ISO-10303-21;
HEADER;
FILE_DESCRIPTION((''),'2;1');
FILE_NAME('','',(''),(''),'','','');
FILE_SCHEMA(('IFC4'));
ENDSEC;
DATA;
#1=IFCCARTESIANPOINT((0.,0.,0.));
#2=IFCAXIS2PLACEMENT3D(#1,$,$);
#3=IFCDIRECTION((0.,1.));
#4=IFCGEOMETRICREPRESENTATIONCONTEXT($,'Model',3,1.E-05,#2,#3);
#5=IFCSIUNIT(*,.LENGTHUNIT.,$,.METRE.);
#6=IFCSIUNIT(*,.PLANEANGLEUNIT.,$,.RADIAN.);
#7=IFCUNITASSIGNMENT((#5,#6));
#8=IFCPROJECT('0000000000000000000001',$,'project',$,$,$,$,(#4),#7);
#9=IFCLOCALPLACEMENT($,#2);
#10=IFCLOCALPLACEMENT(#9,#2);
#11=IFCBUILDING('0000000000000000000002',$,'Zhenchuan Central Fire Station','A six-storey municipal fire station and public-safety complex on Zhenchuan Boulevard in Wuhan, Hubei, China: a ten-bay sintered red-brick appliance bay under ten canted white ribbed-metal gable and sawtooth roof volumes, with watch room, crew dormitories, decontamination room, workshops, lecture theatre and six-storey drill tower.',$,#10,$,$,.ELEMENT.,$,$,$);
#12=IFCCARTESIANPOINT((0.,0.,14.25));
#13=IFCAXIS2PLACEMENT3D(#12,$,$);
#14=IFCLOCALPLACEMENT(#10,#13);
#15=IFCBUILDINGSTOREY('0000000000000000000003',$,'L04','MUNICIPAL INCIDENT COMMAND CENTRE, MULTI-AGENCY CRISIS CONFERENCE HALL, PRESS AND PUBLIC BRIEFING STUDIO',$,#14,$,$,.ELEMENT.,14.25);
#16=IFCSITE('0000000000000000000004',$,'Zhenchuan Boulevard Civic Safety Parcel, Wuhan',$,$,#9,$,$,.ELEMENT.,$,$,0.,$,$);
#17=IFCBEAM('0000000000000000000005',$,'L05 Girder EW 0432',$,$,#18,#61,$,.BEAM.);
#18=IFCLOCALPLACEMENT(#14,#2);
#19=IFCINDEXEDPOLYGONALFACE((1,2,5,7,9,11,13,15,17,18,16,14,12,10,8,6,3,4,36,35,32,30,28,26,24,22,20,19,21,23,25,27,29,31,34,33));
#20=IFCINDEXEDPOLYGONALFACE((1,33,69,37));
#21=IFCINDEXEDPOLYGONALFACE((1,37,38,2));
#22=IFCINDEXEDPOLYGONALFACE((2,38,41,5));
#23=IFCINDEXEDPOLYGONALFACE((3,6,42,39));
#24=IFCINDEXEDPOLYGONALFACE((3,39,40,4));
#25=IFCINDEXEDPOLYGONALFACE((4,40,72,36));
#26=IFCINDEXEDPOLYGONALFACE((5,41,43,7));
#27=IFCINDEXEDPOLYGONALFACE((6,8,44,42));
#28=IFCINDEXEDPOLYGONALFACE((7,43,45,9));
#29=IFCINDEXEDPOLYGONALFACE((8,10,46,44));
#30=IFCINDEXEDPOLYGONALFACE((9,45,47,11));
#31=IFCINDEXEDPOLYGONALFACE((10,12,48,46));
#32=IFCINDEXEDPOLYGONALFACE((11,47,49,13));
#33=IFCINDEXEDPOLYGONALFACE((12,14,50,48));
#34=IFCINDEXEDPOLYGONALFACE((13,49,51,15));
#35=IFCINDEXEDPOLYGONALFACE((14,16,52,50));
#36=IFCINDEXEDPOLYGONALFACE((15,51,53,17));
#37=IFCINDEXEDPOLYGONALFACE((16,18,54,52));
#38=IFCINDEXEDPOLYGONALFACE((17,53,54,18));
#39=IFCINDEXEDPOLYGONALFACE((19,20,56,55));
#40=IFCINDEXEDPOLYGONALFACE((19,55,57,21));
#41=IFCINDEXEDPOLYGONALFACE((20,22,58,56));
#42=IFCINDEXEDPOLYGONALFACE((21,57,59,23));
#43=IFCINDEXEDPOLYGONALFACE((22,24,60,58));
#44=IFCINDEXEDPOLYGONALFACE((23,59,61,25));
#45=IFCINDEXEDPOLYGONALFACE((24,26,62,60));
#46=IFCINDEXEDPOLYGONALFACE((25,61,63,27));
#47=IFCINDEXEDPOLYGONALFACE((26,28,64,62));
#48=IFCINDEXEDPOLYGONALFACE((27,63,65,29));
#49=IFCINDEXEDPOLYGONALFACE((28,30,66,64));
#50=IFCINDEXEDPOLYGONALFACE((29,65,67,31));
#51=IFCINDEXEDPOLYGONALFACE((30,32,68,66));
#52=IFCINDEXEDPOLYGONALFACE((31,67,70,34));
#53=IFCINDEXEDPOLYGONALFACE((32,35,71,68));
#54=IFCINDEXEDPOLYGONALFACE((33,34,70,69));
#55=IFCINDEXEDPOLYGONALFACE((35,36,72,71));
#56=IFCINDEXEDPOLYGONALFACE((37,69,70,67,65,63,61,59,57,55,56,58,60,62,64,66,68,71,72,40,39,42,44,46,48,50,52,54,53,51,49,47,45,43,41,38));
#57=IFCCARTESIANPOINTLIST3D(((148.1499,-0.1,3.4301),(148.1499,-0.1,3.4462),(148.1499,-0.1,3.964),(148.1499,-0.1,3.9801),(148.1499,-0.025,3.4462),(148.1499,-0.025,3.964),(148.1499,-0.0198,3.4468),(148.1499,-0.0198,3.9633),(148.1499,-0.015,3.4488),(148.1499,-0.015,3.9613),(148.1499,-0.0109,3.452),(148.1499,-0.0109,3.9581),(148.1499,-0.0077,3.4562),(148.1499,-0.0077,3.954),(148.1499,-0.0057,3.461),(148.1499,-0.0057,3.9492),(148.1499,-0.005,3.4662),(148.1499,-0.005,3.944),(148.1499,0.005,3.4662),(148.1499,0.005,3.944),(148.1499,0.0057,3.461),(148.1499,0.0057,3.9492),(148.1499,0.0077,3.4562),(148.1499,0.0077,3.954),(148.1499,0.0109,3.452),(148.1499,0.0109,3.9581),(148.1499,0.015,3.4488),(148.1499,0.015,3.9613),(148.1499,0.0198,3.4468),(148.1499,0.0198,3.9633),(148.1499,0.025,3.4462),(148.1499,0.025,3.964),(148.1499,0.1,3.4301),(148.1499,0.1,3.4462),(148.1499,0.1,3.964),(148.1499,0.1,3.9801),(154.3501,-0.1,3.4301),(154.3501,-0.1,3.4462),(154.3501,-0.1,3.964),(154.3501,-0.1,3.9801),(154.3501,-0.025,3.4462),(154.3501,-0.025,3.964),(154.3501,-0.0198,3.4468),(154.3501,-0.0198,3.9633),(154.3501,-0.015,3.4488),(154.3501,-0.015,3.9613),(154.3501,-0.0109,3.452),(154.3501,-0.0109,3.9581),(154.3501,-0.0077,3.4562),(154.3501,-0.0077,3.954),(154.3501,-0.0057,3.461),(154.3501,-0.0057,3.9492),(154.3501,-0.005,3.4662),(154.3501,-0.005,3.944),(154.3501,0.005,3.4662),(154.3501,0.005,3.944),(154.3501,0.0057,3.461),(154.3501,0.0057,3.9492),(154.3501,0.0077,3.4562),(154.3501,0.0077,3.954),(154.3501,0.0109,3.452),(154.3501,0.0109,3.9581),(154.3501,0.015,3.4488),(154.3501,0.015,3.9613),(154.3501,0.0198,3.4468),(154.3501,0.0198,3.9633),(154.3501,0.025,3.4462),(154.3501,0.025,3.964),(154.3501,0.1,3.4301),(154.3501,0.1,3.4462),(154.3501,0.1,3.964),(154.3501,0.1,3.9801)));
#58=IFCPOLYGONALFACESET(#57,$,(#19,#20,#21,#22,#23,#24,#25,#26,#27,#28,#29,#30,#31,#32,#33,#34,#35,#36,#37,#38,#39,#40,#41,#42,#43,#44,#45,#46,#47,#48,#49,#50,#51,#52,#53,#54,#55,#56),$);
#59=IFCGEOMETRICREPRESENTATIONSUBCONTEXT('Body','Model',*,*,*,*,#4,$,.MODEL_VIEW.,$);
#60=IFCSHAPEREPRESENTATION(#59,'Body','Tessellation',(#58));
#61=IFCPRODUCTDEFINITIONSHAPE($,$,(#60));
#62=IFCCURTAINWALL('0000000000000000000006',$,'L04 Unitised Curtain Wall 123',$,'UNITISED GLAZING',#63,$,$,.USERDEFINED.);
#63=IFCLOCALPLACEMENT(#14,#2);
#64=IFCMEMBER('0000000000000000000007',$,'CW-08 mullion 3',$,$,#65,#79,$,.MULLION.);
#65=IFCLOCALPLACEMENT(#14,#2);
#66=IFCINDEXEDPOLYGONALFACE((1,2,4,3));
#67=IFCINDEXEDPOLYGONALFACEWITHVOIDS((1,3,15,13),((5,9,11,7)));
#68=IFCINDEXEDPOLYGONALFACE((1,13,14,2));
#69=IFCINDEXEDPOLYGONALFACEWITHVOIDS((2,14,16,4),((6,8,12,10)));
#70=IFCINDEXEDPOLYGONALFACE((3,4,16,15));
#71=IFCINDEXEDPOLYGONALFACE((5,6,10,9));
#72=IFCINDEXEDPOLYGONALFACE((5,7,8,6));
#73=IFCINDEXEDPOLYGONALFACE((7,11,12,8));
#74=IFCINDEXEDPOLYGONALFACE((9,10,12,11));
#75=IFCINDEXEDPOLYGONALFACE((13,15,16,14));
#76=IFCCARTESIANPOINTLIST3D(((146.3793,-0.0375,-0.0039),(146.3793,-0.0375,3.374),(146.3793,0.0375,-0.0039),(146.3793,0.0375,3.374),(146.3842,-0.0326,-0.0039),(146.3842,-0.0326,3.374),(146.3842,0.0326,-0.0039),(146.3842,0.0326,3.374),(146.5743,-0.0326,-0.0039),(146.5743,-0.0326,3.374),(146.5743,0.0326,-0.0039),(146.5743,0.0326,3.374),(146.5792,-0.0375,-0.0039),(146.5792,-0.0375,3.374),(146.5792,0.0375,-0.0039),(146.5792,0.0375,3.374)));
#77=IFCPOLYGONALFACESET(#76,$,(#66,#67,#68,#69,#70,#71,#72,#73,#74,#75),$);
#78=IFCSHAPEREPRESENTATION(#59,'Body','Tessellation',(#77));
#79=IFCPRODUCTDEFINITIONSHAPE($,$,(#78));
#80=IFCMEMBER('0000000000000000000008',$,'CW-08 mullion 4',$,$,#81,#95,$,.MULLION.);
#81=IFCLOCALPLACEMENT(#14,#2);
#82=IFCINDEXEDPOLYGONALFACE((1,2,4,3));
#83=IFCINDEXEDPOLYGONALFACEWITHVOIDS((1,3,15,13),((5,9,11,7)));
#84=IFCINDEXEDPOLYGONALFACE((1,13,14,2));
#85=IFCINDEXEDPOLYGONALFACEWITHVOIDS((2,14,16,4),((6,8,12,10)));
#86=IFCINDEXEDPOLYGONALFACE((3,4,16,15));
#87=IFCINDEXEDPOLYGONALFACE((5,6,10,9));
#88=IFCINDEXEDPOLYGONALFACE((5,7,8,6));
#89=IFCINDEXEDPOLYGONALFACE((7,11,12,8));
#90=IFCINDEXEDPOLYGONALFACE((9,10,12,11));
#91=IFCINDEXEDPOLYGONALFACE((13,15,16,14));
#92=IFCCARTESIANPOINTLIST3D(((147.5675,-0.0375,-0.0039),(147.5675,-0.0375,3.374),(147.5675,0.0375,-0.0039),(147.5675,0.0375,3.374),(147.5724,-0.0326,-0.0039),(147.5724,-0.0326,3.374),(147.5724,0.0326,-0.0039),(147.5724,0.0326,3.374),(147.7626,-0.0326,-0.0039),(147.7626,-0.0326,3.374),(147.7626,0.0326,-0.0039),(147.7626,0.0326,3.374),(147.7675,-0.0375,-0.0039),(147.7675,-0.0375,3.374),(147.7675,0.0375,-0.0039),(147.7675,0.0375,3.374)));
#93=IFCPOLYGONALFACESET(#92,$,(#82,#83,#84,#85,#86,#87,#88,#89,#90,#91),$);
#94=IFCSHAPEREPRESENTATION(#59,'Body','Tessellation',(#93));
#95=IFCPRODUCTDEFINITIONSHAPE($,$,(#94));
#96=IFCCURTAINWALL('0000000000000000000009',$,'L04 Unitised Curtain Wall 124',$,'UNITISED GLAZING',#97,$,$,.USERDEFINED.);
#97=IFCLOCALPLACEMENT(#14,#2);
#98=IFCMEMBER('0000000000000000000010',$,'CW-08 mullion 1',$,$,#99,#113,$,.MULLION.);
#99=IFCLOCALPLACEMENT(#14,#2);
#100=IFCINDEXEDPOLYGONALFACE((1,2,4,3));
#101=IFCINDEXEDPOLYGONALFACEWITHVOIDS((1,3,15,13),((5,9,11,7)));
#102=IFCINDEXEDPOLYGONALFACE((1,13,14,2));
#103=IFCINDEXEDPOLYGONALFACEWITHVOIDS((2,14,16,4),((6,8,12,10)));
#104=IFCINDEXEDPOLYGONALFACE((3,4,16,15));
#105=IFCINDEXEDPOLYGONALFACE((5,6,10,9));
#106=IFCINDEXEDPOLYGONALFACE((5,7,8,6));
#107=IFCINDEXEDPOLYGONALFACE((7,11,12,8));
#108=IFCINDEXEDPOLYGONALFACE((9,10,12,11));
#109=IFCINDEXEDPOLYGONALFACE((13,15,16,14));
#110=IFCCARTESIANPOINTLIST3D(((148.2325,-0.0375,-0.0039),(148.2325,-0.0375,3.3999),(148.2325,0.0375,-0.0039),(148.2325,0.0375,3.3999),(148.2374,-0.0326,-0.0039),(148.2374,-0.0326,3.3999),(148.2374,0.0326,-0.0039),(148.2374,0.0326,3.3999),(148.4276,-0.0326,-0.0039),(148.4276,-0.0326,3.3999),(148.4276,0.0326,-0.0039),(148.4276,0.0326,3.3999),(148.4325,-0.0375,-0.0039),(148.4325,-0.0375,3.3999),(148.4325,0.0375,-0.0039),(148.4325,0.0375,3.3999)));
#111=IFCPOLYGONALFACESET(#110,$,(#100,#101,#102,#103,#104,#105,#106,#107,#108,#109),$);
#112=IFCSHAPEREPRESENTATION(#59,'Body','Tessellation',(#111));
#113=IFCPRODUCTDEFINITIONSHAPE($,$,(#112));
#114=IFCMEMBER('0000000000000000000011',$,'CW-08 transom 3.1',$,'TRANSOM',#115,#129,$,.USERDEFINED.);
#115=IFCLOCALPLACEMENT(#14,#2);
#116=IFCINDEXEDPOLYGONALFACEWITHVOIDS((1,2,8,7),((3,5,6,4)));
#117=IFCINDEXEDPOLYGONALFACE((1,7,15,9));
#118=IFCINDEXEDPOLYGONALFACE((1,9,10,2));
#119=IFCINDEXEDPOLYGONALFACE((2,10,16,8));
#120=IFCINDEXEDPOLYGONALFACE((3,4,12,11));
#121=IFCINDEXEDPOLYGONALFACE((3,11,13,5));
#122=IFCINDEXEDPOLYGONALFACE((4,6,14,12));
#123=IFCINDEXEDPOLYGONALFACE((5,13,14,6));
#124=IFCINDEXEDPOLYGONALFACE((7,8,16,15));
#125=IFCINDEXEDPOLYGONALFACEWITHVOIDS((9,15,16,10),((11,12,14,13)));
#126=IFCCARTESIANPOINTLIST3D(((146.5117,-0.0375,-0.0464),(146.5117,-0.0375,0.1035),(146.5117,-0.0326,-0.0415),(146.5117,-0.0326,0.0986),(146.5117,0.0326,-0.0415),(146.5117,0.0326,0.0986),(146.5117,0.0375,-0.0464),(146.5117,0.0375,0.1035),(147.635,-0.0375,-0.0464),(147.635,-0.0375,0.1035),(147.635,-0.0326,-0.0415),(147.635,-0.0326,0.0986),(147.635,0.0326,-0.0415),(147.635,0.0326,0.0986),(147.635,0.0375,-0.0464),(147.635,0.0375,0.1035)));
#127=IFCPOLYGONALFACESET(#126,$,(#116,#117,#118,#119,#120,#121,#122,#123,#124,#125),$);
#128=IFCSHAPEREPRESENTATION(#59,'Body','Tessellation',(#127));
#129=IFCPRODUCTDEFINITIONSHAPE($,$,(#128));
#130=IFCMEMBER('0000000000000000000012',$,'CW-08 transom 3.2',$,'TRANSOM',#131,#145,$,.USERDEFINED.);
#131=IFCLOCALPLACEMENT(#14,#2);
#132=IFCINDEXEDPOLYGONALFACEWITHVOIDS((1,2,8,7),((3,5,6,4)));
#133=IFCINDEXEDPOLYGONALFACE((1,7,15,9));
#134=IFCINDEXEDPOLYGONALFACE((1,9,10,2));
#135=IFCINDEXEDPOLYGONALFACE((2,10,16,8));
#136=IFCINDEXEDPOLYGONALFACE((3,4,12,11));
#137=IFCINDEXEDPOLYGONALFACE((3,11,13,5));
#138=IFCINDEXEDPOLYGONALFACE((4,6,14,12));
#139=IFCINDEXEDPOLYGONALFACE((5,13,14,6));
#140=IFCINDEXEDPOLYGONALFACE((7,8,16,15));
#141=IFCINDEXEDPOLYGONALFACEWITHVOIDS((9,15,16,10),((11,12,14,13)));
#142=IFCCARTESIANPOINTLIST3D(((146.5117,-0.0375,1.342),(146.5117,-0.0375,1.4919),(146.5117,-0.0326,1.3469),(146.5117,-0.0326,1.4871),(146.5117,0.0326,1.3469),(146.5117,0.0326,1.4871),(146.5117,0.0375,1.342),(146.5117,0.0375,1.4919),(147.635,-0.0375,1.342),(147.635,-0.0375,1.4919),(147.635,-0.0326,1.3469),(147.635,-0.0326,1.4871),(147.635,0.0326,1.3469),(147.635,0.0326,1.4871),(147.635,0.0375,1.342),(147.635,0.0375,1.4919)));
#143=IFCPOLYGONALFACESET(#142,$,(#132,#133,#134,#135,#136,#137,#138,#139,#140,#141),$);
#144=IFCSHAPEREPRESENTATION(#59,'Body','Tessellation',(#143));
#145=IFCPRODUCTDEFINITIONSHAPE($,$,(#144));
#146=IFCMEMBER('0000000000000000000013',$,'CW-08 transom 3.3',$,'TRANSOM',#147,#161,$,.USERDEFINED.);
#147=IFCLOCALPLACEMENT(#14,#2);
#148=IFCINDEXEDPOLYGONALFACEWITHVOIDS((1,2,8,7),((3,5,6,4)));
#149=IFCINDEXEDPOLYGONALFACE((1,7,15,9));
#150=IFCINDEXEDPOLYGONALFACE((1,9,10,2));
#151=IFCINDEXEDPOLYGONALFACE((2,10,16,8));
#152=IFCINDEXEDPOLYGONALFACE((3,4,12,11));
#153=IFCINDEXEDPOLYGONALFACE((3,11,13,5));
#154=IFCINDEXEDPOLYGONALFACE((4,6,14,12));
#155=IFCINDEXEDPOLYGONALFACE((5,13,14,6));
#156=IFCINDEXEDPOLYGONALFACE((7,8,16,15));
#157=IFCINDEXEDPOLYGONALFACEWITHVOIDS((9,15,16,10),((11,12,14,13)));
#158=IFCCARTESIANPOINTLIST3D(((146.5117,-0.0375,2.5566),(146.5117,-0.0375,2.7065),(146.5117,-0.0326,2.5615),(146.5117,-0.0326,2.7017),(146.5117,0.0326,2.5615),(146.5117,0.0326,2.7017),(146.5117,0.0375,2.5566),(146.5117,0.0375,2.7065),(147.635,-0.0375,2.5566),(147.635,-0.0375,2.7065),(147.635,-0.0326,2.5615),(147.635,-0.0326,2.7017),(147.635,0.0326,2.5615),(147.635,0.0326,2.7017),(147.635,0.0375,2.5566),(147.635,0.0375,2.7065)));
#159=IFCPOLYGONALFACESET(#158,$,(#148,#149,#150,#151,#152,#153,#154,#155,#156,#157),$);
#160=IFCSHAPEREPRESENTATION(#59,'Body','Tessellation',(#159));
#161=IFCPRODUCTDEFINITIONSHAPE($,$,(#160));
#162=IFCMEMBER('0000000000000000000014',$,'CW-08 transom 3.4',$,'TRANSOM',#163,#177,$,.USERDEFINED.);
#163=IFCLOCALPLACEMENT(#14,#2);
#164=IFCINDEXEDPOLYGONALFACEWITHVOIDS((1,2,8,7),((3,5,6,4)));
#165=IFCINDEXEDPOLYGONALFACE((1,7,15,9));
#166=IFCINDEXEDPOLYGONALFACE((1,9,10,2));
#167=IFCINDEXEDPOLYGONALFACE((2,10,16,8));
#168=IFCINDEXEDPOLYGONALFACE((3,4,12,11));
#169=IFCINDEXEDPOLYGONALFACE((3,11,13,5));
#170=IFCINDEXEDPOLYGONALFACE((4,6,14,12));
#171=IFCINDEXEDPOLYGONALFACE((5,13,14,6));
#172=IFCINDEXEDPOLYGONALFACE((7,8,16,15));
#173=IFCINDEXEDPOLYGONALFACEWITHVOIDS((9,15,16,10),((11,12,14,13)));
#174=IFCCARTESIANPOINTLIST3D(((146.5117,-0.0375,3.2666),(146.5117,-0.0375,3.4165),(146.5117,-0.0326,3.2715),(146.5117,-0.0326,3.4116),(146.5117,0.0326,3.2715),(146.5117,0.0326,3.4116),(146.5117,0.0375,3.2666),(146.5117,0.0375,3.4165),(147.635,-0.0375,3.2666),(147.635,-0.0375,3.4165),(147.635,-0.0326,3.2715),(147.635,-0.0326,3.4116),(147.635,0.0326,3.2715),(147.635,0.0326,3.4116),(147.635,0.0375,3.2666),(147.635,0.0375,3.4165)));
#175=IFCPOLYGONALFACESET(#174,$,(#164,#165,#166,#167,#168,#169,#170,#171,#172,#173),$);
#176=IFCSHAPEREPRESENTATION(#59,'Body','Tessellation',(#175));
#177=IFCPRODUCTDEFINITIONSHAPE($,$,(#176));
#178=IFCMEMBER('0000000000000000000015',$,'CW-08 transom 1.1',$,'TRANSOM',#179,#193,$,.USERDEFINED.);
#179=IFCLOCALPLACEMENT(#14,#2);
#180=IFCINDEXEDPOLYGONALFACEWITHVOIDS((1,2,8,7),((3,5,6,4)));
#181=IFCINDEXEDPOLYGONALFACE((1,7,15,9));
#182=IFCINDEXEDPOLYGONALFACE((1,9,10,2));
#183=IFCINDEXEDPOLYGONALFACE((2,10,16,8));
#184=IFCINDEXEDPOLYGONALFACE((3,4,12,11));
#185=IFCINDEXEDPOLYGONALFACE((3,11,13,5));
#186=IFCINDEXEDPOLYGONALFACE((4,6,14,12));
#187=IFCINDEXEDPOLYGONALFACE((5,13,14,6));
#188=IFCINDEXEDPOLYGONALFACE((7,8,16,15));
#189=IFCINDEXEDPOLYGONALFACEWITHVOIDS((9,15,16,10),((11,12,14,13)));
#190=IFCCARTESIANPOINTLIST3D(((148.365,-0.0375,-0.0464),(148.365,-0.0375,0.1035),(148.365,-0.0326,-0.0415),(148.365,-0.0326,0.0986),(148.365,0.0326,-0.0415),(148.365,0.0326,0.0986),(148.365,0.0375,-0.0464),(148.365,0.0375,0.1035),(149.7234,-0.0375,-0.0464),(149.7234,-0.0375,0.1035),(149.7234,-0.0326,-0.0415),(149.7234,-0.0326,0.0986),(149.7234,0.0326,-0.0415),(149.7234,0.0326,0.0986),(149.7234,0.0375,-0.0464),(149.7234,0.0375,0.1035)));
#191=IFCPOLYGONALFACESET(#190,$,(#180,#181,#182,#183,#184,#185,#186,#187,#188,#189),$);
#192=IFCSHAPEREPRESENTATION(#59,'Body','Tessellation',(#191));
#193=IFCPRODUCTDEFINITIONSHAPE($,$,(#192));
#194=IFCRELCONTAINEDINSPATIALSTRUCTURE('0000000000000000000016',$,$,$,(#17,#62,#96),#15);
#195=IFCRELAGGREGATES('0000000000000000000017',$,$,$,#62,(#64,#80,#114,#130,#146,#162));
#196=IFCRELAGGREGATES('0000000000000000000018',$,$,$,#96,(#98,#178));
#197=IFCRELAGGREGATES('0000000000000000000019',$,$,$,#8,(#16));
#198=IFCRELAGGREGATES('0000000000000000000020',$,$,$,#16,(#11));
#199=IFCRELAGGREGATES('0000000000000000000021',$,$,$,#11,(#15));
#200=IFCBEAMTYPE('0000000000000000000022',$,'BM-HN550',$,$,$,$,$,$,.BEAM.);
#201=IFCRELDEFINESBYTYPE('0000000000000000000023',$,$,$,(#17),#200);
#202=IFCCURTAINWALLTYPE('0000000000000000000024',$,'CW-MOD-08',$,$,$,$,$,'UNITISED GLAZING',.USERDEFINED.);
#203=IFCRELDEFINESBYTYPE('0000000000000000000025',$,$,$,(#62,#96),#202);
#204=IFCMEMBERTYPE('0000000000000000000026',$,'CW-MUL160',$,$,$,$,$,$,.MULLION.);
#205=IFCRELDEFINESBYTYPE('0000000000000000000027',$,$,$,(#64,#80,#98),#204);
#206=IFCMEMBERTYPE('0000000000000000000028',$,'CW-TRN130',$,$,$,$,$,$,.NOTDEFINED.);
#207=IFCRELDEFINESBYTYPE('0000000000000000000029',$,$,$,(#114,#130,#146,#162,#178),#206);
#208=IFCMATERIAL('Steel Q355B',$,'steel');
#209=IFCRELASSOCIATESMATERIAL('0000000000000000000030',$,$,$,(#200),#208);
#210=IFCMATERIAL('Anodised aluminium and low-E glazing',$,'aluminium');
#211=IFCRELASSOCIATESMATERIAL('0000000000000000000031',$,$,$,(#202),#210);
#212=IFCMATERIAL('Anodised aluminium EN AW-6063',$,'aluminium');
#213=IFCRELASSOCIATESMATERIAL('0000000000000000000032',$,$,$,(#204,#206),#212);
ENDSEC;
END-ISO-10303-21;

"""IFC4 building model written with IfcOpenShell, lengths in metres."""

from ifc_helpers import new_model, si_unit, direction, frame, origin, origin_2d, place, context, subcontext, project, spatial, hollow_rectangle, i_section, extrude, material, material_profile, profile_set, type_object, element, aggregate, save


model = new_model("IFC4")

# Units and contexts
model_context = context("Model", 3, precision=1e-05, world=origin(), true_north=direction((0.0, 1.0)))
body_context = subcontext(model_context, "Body", "Model", "MODEL_VIEW")
ifc_project = project(units=[si_unit("LENGTHUNIT", "METRE"), si_unit("PLANEANGLEUNIT", "RADIAN")], contexts=[model_context])

# Site, building, storey
site_placement = place(None, origin())
site = spatial("IfcSite", under=ifc_project, at=site_placement, Name="Zhenchuan Boulevard Civic Safety Parcel, Wuhan", CompositionType="ELEMENT", RefElevation=0.0)
building_placement = place(site_placement, origin())
building = spatial("IfcBuilding", under=site, at=building_placement, Name="Zhenchuan Central Fire Station", Description="A six-storey municipal fire station and public-safety complex on Zhenchuan Boulevard in Wuhan, Hubei, China: a ten-bay sintered red-brick appliance bay under ten canted white ribbed-metal gable and sawtooth roof volumes, with watch room, crew dormitories, decontamination room, workshops, lecture theatre and six-storey drill tower.", CompositionType="ELEMENT")
storey_placement = place(building_placement, frame((0.0, 0.0, 14.25)))
storey = spatial("IfcBuildingStorey", under=building, at=storey_placement, Name="L04", Description="MUNICIPAL INCIDENT COMMAND CENTRE, MULTI-AGENCY CRISIS CONFERENCE HALL, PRESS AND PUBLIC BRIEFING STUDIO", CompositionType="ELEMENT", Elevation=14.25)

# Shared definitions
ifc_material_1 = material(Name="Steel Q355B", Category="steel")

# Beam
ifc_material_profile_1 = material_profile(ifc_material_1, i_section(OverallWidth=0.2, OverallDepth=0.55, WebThickness=0.01, FlangeThickness=0.0161, FilletRadius=0.02, at=origin_2d()), Name="HN 550x200")
ifc_profile_set_1 = profile_set([ifc_material_profile_1], Name="Steel Q355B")
beam_type_1 = type_object("IfcBeamType", Name="BM-HN550", PredefinedType="BEAM", material=ifc_profile_set_1)
beam_1_placement = place(storey_placement, frame((148.1499, 0.0, 3.7051), z_axis=(1.0, 0.0, 0.0), x_axis=(0.0, 1.0, 0.0)))
element("IfcBeam", 1, at=beam_1_placement, inside=storey, type_object=beam_type_1, Name="L05 Girder EW 0432", PredefinedType="BEAM", context=body_context, shape_type="SweptSolid", body=[
    extrude(i_section(OverallWidth=0.2, OverallDepth=0.55, WebThickness=0.01, FlangeThickness=0.0161, FilletRadius=0.02, at=origin_2d()), origin(), (0.0, 0.0, 1.0), 6.2002),
])

# Curtain wall, members
ifc_material_2 = material(Name="Anodised aluminium and low-E glazing", Category="aluminium")
curtain_wall_type = type_object("IfcCurtainWallType", Name="CW-MOD-08", ElementType="UNITISED GLAZING", PredefinedType="USERDEFINED", material=ifc_material_2)
curtain_wall_1_placement = place(storey_placement, origin())
curtain_wall_1 = element("IfcCurtainWall", 2, at=curtain_wall_1_placement, inside=storey, type_object=curtain_wall_type, Name="L04 Unitised Curtain Wall 123", ObjectType="UNITISED GLAZING", PredefinedType="USERDEFINED")
ifc_material_3 = material(Name="Anodised aluminium EN AW-6063", Category="aluminium")
ifc_material_profile_2 = material_profile(ifc_material_3, hollow_rectangle(XDim=0.075, YDim=0.2, WallThickness=0.0049, at=origin_2d()), Name="ALU-M 200x75")
ifc_profile_set_2 = profile_set([ifc_material_profile_2], Name="Anodised aluminium EN AW-6063")
member_type_1 = type_object("IfcMemberType", Name="CW-MUL160", PredefinedType="MULLION", material=ifc_profile_set_2)
member_1_placement = place(storey_placement, frame((146.4792, 0.0, -0.0039), z_axis=(0.0, 0.0, 1.0), x_axis=(0.0, 1.0, 0.0)))
member_1 = element("IfcMember", 3, at=member_1_placement, type_object=member_type_1, Name="CW-08 mullion 3", PredefinedType="MULLION", context=body_context, shape_type="SweptSolid", body=[
    extrude(hollow_rectangle(XDim=0.075, YDim=0.2, WallThickness=0.0049, at=origin_2d()), origin(), (0.0, 0.0, 1.0), 3.3779),
])
member_2_placement = place(storey_placement, frame((147.6675, 0.0, -0.0039), z_axis=(0.0, 0.0, 1.0), x_axis=(0.0, 1.0, 0.0)))
member_2 = element("IfcMember", 4, at=member_2_placement, type_object=member_type_1, Name="CW-08 mullion 4", PredefinedType="MULLION", context=body_context, shape_type="SweptSolid", body=[
    extrude(hollow_rectangle(XDim=0.075, YDim=0.2, WallThickness=0.0049, at=origin_2d()), origin(), (0.0, 0.0, 1.0), 3.3779),
])

# Curtain wall, member
curtain_wall_2_placement = place(storey_placement, origin())
curtain_wall_2 = element("IfcCurtainWall", 5, at=curtain_wall_2_placement, inside=storey, type_object=curtain_wall_type, Name="L04 Unitised Curtain Wall 124", ObjectType="UNITISED GLAZING", PredefinedType="USERDEFINED")
member_3_placement = place(storey_placement, frame((148.3325, 0.0, -0.0039), z_axis=(0.0, 0.0, 1.0), x_axis=(0.0, 1.0, 0.0)))
member_3 = element("IfcMember", 6, at=member_3_placement, type_object=member_type_1, Name="CW-08 mullion 1", PredefinedType="MULLION", context=body_context, shape_type="SweptSolid", body=[
    extrude(hollow_rectangle(XDim=0.075, YDim=0.2, WallThickness=0.0049, at=origin_2d()), origin(), (0.0, 0.0, 1.0), 3.4038),
])

# Members
ifc_material_profile_3 = material_profile(ifc_material_3, hollow_rectangle(XDim=0.075, YDim=0.1499, WallThickness=0.0049, at=origin_2d()), Name="ALU-T 150x75")
ifc_profile_set_3 = profile_set([ifc_material_profile_3], Name="Anodised aluminium EN AW-6063")
member_type_2 = type_object("IfcMemberType", Name="CW-TRN130", PredefinedType="NOTDEFINED", material=ifc_profile_set_3)
member_4_placement = place(storey_placement, frame((146.5117, 0.0, 0.0286), z_axis=(1.0, 0.0, 0.0), x_axis=(0.0, 1.0, 0.0)))
member_4 = element("IfcMember", 7, at=member_4_placement, type_object=member_type_2, Name="CW-08 transom 3.1", ObjectType="TRANSOM", PredefinedType="USERDEFINED", context=body_context, shape_type="SweptSolid", body=[
    extrude(hollow_rectangle(XDim=0.075, YDim=0.1499, WallThickness=0.0049, at=origin_2d()), origin(), (0.0, 0.0, 1.0), 1.1233),
])
member_5_placement = place(storey_placement, frame((146.5117, 0.0, 1.417), z_axis=(1.0, 0.0, 0.0), x_axis=(0.0, 1.0, 0.0)))
member_5 = element("IfcMember", 8, at=member_5_placement, type_object=member_type_2, Name="CW-08 transom 3.2", ObjectType="TRANSOM", PredefinedType="USERDEFINED", context=body_context, shape_type="SweptSolid", body=[
    extrude(hollow_rectangle(XDim=0.075, YDim=0.1499, WallThickness=0.0049, at=origin_2d()), origin(), (0.0, 0.0, 1.0), 1.1233),
])
member_6_placement = place(storey_placement, frame((146.5117, 0.0, 2.6316), z_axis=(1.0, 0.0, 0.0), x_axis=(0.0, 1.0, 0.0)))
member_6 = element("IfcMember", 9, at=member_6_placement, type_object=member_type_2, Name="CW-08 transom 3.3", ObjectType="TRANSOM", PredefinedType="USERDEFINED", context=body_context, shape_type="SweptSolid", body=[
    extrude(hollow_rectangle(XDim=0.075, YDim=0.1499, WallThickness=0.0049, at=origin_2d()), origin(), (0.0, 0.0, 1.0), 1.1233),
])
member_7_placement = place(storey_placement, frame((146.5117, 0.0, 3.3416), z_axis=(1.0, 0.0, 0.0), x_axis=(0.0, 1.0, 0.0)))
member_7 = element("IfcMember", 10, at=member_7_placement, type_object=member_type_2, Name="CW-08 transom 3.4", ObjectType="TRANSOM", PredefinedType="USERDEFINED", context=body_context, shape_type="SweptSolid", body=[
    extrude(hollow_rectangle(XDim=0.075, YDim=0.1499, WallThickness=0.0049, at=origin_2d()), origin(), (0.0, 0.0, 1.0), 1.1233),
])
member_8_placement = place(storey_placement, frame((148.365, 0.0, 0.0286), z_axis=(1.0, 0.0, 0.0), x_axis=(0.0, 1.0, 0.0)))
member_8 = element("IfcMember", 11, at=member_8_placement, type_object=member_type_2, Name="CW-08 transom 1.1", ObjectType="TRANSOM", PredefinedType="USERDEFINED", context=body_context, shape_type="SweptSolid", body=[
    extrude(hollow_rectangle(XDim=0.075, YDim=0.1499, WallThickness=0.0049, at=origin_2d()), origin(), (0.0, 0.0, 1.0), 1.3584),
])

aggregate(curtain_wall_1, [member_1, member_2, member_4, member_5, member_6, member_7])
aggregate(curtain_wall_2, [member_3, member_8])

save(model, "model.ifc")
